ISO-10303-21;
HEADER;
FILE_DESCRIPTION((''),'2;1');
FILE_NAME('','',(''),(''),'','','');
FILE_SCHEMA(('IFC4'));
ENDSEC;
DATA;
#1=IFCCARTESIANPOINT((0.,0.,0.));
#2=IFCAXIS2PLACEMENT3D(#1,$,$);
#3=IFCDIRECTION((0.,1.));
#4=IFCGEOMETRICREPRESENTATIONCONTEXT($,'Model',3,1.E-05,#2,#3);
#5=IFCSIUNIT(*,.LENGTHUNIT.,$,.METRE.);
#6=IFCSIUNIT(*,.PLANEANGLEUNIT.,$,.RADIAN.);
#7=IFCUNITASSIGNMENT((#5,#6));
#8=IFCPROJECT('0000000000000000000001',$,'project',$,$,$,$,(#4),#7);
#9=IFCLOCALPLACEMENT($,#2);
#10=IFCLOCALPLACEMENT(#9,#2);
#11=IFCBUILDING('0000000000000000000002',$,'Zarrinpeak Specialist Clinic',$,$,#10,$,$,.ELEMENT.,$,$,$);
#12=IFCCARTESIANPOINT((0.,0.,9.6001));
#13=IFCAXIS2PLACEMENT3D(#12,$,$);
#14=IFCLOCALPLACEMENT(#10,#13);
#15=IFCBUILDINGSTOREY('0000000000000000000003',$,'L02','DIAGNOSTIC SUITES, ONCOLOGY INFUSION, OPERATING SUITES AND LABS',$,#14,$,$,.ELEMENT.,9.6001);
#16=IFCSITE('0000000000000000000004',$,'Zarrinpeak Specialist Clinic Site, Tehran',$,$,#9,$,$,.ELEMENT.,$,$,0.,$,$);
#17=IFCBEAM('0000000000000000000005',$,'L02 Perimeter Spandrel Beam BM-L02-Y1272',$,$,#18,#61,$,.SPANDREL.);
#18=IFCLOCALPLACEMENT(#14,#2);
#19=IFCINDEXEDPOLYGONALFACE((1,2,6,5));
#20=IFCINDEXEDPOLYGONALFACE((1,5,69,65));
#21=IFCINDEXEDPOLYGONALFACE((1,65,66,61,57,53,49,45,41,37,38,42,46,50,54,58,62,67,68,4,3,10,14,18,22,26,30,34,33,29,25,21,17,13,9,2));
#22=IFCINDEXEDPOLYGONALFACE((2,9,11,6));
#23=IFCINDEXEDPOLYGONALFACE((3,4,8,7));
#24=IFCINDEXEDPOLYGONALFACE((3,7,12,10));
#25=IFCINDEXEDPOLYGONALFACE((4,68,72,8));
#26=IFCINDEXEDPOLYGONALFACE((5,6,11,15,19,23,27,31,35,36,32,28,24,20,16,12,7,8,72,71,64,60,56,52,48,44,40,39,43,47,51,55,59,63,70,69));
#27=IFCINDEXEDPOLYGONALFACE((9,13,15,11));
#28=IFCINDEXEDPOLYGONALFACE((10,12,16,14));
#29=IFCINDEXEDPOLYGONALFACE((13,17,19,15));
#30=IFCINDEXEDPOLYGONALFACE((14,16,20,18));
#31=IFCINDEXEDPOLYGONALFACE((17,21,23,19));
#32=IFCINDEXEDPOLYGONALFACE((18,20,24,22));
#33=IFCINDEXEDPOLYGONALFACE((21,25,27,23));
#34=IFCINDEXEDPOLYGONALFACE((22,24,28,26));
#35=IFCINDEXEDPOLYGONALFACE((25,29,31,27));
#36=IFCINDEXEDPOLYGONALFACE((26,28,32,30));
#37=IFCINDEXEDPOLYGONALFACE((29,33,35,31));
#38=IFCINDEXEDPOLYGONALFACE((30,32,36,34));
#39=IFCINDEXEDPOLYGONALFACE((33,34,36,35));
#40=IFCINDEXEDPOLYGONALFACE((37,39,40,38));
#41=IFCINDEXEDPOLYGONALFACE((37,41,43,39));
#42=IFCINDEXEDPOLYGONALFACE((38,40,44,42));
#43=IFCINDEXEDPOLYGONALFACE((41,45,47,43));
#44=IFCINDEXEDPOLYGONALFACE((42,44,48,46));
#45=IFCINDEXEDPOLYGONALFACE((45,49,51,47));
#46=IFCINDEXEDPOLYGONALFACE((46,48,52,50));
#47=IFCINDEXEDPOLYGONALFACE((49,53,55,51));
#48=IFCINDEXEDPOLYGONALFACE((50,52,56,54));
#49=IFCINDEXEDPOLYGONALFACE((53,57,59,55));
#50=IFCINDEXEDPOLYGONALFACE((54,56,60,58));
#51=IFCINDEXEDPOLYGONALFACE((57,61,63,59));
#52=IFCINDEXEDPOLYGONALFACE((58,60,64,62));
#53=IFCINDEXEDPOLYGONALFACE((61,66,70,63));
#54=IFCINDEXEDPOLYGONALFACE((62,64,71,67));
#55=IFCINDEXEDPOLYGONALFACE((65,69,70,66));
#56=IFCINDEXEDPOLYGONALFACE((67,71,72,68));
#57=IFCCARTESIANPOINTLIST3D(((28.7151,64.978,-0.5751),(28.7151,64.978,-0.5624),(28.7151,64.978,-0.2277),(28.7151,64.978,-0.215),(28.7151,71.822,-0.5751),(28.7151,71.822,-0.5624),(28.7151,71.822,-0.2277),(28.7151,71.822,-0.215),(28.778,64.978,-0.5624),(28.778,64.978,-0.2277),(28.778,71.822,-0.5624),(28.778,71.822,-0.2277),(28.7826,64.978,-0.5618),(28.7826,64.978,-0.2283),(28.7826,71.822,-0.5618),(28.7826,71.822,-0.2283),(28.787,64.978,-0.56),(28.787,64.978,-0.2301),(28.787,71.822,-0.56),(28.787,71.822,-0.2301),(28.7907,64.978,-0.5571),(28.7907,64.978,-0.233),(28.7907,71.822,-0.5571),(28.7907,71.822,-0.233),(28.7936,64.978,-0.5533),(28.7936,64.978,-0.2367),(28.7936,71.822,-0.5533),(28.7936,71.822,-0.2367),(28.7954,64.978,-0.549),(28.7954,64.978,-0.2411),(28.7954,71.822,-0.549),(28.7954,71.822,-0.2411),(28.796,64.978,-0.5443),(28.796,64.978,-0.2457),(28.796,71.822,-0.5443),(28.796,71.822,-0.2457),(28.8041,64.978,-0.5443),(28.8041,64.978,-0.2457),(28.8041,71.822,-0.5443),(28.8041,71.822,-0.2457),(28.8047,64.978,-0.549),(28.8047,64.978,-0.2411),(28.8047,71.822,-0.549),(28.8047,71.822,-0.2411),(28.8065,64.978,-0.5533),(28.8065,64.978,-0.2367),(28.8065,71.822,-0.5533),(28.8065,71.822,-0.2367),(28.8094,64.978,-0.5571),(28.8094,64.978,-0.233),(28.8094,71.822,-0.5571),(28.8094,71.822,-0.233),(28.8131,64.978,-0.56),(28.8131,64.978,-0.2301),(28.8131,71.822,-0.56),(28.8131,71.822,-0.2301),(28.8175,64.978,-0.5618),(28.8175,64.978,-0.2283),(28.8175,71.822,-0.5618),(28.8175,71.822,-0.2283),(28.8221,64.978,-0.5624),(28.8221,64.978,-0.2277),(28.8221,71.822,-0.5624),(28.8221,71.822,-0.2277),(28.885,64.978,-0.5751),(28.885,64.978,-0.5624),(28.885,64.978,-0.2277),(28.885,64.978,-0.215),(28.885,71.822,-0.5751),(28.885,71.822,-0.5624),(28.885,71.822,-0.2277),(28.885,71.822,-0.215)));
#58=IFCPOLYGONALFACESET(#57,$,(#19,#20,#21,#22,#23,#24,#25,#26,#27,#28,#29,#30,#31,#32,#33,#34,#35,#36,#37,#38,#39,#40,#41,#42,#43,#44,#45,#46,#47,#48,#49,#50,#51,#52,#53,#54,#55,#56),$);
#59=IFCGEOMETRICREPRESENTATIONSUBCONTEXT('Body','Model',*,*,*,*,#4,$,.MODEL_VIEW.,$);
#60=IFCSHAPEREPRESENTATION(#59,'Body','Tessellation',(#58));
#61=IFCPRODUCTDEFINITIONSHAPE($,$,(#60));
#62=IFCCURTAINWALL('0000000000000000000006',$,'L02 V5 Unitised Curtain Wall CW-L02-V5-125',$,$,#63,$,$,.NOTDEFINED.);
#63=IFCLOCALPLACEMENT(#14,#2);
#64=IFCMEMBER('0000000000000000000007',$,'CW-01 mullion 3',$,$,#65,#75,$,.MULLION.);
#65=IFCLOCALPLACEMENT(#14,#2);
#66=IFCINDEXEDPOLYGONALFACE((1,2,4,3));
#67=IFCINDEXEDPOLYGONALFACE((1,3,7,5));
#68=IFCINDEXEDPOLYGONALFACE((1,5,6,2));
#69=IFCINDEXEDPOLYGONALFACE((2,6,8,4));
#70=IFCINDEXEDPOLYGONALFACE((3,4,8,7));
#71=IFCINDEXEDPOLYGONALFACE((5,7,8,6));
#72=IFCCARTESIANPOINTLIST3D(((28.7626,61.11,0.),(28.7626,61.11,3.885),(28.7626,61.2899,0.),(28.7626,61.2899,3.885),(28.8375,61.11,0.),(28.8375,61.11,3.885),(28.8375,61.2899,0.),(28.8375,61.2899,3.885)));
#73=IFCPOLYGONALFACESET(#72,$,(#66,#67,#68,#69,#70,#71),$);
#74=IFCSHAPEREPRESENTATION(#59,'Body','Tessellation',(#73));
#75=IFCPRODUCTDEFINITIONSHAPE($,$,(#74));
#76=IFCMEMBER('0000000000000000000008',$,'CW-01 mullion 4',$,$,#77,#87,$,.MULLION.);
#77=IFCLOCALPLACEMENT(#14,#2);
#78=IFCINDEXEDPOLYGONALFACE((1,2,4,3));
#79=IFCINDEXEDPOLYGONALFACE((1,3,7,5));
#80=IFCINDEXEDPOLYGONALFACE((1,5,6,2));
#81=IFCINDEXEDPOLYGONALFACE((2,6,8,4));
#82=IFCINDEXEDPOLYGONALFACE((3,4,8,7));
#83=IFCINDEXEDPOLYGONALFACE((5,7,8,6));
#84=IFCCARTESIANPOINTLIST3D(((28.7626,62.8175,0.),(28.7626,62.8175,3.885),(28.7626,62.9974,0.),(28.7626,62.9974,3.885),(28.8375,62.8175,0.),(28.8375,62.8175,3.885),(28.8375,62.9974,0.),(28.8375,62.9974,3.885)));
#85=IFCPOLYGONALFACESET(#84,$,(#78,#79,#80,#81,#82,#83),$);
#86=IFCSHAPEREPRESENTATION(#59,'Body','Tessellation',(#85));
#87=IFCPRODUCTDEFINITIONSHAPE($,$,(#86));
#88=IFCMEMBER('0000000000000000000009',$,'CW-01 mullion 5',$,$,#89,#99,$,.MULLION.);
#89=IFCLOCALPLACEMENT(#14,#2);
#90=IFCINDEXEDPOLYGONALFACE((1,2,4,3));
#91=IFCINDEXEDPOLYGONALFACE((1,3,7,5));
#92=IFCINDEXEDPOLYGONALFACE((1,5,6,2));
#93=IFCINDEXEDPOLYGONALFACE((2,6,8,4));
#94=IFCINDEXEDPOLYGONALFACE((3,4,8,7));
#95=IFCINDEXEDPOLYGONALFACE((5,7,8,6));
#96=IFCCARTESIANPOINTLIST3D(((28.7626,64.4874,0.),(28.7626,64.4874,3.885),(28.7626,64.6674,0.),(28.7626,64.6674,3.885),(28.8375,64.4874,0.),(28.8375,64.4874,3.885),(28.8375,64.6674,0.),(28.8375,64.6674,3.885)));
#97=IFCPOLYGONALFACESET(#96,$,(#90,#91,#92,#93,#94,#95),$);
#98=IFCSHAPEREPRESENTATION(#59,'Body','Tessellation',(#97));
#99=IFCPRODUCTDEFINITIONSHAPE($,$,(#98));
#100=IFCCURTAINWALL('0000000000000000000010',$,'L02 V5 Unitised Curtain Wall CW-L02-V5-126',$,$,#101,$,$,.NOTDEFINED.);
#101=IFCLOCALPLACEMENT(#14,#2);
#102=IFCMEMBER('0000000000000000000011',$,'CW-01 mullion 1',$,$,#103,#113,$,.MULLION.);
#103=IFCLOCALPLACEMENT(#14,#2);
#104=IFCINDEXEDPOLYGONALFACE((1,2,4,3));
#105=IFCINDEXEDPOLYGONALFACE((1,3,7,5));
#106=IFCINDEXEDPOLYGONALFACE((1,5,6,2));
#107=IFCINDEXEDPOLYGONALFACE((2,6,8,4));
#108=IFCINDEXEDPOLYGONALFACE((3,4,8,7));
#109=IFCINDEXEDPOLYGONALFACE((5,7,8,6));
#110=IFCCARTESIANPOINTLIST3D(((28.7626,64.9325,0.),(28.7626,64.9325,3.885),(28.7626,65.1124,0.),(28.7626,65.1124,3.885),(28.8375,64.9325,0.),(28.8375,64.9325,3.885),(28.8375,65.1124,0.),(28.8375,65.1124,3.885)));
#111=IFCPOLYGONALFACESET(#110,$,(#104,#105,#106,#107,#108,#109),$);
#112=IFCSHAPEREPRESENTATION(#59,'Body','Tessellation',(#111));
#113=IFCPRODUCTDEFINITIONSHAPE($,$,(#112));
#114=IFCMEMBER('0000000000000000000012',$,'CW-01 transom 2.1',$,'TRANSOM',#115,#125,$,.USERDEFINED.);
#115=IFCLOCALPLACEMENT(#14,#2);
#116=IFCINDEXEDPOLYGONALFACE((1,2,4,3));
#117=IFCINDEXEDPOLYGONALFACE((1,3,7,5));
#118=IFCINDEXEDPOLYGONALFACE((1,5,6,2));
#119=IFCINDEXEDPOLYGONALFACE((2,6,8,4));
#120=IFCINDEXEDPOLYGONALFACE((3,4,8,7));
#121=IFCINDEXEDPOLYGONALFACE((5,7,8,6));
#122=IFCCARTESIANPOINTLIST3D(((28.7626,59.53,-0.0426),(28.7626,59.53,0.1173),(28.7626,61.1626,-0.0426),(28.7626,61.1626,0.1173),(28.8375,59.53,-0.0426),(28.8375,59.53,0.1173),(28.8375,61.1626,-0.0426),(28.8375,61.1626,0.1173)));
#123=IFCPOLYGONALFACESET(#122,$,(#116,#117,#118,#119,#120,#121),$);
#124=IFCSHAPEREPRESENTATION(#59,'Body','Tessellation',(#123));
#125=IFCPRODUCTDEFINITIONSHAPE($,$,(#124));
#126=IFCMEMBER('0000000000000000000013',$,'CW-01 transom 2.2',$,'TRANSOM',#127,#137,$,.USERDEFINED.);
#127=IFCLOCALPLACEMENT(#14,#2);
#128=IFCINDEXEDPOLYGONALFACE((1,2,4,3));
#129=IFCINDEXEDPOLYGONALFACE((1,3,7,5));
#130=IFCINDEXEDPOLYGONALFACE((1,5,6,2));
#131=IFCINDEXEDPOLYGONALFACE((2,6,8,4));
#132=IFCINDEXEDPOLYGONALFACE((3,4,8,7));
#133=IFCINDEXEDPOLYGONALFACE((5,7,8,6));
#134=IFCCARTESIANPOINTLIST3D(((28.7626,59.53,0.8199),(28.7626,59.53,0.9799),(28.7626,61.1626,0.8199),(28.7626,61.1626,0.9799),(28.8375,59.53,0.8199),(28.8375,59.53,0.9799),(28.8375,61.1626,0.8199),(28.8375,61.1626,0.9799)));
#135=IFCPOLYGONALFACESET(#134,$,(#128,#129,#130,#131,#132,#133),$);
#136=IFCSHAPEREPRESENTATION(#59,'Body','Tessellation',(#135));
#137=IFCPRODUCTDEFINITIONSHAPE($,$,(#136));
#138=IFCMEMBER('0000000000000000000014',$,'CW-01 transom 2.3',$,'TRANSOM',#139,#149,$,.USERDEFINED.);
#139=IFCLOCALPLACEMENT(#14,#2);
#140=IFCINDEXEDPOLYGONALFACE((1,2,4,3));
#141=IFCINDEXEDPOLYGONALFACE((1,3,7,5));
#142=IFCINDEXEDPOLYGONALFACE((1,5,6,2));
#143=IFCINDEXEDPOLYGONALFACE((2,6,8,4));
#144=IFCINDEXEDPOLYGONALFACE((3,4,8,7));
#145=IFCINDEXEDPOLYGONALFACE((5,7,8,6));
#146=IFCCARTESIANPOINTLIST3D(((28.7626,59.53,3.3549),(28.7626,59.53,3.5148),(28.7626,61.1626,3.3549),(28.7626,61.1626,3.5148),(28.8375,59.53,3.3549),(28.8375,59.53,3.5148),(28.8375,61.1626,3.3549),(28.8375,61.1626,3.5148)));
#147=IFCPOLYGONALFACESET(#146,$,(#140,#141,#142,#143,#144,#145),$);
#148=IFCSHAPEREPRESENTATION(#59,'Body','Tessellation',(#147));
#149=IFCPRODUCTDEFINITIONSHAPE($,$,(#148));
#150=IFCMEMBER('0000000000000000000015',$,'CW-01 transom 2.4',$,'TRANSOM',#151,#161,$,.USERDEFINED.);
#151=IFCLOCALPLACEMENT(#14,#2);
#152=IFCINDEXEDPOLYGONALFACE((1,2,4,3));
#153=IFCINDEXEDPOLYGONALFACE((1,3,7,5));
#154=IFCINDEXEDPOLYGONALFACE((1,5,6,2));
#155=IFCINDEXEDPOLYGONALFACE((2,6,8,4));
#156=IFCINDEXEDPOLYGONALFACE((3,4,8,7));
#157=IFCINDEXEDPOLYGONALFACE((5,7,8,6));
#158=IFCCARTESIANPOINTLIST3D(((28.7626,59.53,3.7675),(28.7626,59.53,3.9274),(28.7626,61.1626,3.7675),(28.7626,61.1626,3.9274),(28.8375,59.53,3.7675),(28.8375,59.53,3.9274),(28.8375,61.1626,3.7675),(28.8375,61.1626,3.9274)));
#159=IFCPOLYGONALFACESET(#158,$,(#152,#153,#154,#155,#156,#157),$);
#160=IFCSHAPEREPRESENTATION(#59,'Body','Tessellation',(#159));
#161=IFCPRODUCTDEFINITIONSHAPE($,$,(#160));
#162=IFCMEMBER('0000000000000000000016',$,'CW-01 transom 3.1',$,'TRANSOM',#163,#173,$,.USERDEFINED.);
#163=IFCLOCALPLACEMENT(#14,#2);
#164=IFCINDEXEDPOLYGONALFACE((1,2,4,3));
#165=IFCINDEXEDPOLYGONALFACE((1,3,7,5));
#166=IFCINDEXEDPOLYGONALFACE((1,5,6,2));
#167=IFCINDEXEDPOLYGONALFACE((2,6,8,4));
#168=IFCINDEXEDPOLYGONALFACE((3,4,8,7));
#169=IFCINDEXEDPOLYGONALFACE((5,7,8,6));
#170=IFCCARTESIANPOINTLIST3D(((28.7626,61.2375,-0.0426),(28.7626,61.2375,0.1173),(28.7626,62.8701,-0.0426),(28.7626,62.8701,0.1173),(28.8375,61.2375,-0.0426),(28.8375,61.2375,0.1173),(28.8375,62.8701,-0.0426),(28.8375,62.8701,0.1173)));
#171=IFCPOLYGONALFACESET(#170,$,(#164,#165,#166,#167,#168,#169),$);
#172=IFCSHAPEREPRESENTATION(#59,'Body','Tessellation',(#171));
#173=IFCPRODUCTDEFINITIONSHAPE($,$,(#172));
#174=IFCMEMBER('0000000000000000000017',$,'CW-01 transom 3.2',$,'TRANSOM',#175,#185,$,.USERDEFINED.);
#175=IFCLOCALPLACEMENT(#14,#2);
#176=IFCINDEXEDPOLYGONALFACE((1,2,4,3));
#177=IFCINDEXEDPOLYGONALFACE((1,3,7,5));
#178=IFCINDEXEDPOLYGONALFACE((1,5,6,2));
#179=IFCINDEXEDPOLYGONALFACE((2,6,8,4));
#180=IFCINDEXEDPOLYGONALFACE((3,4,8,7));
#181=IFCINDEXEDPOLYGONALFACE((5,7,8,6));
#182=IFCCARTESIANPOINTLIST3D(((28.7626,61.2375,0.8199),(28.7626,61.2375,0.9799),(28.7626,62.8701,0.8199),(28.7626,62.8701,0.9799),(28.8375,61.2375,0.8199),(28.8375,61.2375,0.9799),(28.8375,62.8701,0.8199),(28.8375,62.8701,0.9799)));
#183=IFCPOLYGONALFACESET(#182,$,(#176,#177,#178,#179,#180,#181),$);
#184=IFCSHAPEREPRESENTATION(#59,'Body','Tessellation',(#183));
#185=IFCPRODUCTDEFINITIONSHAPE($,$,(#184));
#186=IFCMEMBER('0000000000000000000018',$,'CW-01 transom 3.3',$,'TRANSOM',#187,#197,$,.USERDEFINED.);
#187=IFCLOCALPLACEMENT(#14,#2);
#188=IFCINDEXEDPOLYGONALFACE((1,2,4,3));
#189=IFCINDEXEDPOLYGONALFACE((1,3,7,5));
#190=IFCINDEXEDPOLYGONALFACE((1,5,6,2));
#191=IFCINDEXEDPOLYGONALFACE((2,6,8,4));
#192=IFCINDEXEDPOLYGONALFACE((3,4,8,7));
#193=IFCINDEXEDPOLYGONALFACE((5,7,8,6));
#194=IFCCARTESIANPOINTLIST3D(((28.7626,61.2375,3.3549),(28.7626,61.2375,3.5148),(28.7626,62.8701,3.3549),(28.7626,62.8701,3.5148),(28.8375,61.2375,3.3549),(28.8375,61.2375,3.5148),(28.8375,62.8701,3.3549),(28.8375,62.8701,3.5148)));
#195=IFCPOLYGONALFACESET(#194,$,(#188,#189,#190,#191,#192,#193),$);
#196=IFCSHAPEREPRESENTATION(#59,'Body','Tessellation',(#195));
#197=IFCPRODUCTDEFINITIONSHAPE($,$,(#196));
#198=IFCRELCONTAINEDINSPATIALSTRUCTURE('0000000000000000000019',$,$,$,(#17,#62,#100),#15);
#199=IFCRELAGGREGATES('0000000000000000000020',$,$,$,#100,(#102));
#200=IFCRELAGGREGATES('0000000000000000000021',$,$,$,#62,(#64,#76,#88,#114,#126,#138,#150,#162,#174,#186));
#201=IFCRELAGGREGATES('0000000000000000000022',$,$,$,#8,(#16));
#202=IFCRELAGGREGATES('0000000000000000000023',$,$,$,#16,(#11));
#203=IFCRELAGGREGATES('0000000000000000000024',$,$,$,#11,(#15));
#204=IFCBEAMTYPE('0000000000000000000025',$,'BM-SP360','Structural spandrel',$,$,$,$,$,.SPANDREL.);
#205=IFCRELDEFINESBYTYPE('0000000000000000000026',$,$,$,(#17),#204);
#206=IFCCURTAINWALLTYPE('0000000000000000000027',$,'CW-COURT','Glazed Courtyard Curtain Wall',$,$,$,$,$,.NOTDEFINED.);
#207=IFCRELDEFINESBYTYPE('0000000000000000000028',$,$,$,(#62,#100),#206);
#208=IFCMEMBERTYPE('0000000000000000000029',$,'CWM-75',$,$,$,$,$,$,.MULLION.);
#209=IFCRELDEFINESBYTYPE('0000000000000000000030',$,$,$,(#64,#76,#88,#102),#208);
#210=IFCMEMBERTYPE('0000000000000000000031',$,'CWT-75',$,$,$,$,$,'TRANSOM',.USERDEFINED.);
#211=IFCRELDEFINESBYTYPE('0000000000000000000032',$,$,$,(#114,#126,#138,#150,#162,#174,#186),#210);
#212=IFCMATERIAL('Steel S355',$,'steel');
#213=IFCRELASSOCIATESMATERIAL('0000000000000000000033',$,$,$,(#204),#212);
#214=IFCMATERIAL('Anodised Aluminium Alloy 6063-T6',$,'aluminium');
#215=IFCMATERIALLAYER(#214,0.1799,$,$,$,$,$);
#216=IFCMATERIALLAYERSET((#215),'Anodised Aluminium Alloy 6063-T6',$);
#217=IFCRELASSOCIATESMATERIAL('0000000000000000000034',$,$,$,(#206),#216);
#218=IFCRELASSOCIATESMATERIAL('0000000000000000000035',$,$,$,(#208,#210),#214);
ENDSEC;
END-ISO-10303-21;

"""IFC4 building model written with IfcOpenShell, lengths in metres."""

from ifc_helpers import new_model, si_unit, direction, frame, origin, origin_2d, place, context, subcontext, project, spatial, rectangle, i_section, extrude, material, layer, layer_set, material_profile, profile_set, type_object, element, aggregate, save


model = new_model("IFC4")

# Units and contexts
model_context = context("Model", 3, precision=1e-05, world=origin(), true_north=direction((0.0, 1.0)))
body_context = subcontext(model_context, "Body", "Model", "MODEL_VIEW")
ifc_project = project(units=[si_unit("LENGTHUNIT", "METRE"), si_unit("PLANEANGLEUNIT", "RADIAN")], contexts=[model_context])

# Site, building, storey
site_placement = place(None, origin())
site = spatial("IfcSite", under=ifc_project, at=site_placement, Name="Zarrinpeak Specialist Clinic Site, Tehran", CompositionType="ELEMENT", RefElevation=0.0)
building_placement = place(site_placement, origin())
building = spatial("IfcBuilding", under=site, at=building_placement, Name="Zarrinpeak Specialist Clinic", CompositionType="ELEMENT")
storey_placement = place(building_placement, frame((0.0, 0.0, 9.6001)))
storey = spatial("IfcBuildingStorey", under=building, at=storey_placement, Name="L02", Description="DIAGNOSTIC SUITES, ONCOLOGY INFUSION, OPERATING SUITES AND LABS", CompositionType="ELEMENT", Elevation=9.6001)

# Shared definitions
ifc_material_1 = material(Name="Steel S355", Category="steel")

# Beam
ifc_material_profile_1 = material_profile(ifc_material_1, i_section(OverallWidth=0.1699, OverallDepth=0.3601, WebThickness=0.0081, FlangeThickness=0.0127, FilletRadius=0.0181, at=origin_2d()), Name="IPE 360")
ifc_profile_set_1 = profile_set([ifc_material_profile_1], Name="Steel S355")
beam_type_1 = type_object("IfcBeamType", Name="BM-SP360", Description="Structural spandrel", PredefinedType="SPANDREL", material=ifc_profile_set_1)
beam_1_placement = place(storey_placement, frame((28.8, 64.978, -0.395), z_axis=(0.0, 1.0, 0.0), x_axis=(-1.0, 0.0, 0.0)))
element("IfcBeam", 1, at=beam_1_placement, inside=storey, type_object=beam_type_1, Name="L02 Perimeter Spandrel Beam BM-L02-Y1272", PredefinedType="SPANDREL", context=body_context, shape_type="SweptSolid", body=[
    extrude(i_section(OverallWidth=0.1699, OverallDepth=0.3601, WebThickness=0.0081, FlangeThickness=0.0127, FilletRadius=0.0181, at=origin_2d()), origin(), (0.0, 0.0, 1.0), 6.844),
])

# Curtain wall, members
ifc_material_2 = material(Name="Anodised Aluminium Alloy 6063-T6", Category="aluminium")
ifc_layer_1 = layer(ifc_material_2, 0.1799)
ifc_layer_set_1 = layer_set([ifc_layer_1], Name="Anodised Aluminium Alloy 6063-T6")
curtain_wall_type = type_object("IfcCurtainWallType", Name="CW-COURT", Description="Glazed Courtyard Curtain Wall", PredefinedType="NOTDEFINED", material=ifc_layer_set_1)
curtain_wall_1_placement = place(storey_placement, origin())
curtain_wall_1 = element("IfcCurtainWall", 2, at=curtain_wall_1_placement, inside=storey, type_object=curtain_wall_type, Name="L02 V5 Unitised Curtain Wall CW-L02-V5-125", PredefinedType="NOTDEFINED")
ifc_material_profile_2 = material_profile(ifc_material_2, rectangle(XDim=0.075, YDim=0.1799, at=origin_2d()), Name="ALU 75x180")
ifc_profile_set_2 = profile_set([ifc_material_profile_2], Name="Anodised Aluminium Alloy 6063-T6")
member_type_1 = type_object("IfcMemberType", Name="CWM-75", PredefinedType="MULLION", material=ifc_profile_set_2)
member_1_placement = place(storey_placement, frame((28.8, 61.2, 0.0), z_axis=(0.0, 0.0, 1.0), x_axis=(-1.0, 0.0, 0.0)))
member_1 = element("IfcMember", 3, at=member_1_placement, type_object=member_type_1, Name="CW-01 mullion 3", PredefinedType="MULLION", context=body_context, shape_type="SweptSolid", body=[
    extrude(rectangle(XDim=0.075, YDim=0.1799, at=origin_2d()), origin(), (0.0, 0.0, 1.0), 3.885),
])
member_2_placement = place(storey_placement, frame((28.8, 62.9075, 0.0), z_axis=(0.0, 0.0, 1.0), x_axis=(-1.0, 0.0, 0.0)))
member_2 = element("IfcMember", 4, at=member_2_placement, type_object=member_type_1, Name="CW-01 mullion 4", PredefinedType="MULLION", context=body_context, shape_type="SweptSolid", body=[
    extrude(rectangle(XDim=0.075, YDim=0.1799, at=origin_2d()), origin(), (0.0, 0.0, 1.0), 3.885),
])
member_3_placement = place(storey_placement, frame((28.8, 64.5774, 0.0), z_axis=(0.0, 0.0, 1.0), x_axis=(-1.0, 0.0, 0.0)))
member_3 = element("IfcMember", 5, at=member_3_placement, type_object=member_type_1, Name="CW-01 mullion 5", PredefinedType="MULLION", context=body_context, shape_type="SweptSolid", body=[
    extrude(rectangle(XDim=0.075, YDim=0.1799, at=origin_2d()), origin(), (0.0, 0.0, 1.0), 3.885),
])

# Curtain wall, member
curtain_wall_2_placement = place(storey_placement, origin())
curtain_wall_2 = element("IfcCurtainWall", 6, at=curtain_wall_2_placement, inside=storey, type_object=curtain_wall_type, Name="L02 V5 Unitised Curtain Wall CW-L02-V5-126", PredefinedType="NOTDEFINED")
member_4_placement = place(storey_placement, frame((28.8, 65.0225, 0.0), z_axis=(0.0, 0.0, 1.0), x_axis=(-1.0, 0.0, 0.0)))
member_4 = element("IfcMember", 7, at=member_4_placement, type_object=member_type_1, Name="CW-01 mullion 1", PredefinedType="MULLION", context=body_context, shape_type="SweptSolid", body=[
    extrude(rectangle(XDim=0.075, YDim=0.1799, at=origin_2d()), origin(), (0.0, 0.0, 1.0), 3.885),
])

# Members
ifc_material_profile_3 = material_profile(ifc_material_2, rectangle(XDim=0.075, YDim=0.1599, at=origin_2d()), Name="ALU 75x160")
ifc_profile_set_3 = profile_set([ifc_material_profile_3], Name="Anodised Aluminium Alloy 6063-T6")
member_type_2 = type_object("IfcMemberType", Name="CWT-75", ElementType="TRANSOM", PredefinedType="USERDEFINED", material=ifc_profile_set_3)
member_5_placement = place(storey_placement, frame((28.8, 59.53, 0.0374), z_axis=(0.0, 1.0, 0.0), x_axis=(-1.0, 0.0, 0.0)))
member_5 = element("IfcMember", 8, at=member_5_placement, type_object=member_type_2, Name="CW-01 transom 2.1", ObjectType="TRANSOM", PredefinedType="USERDEFINED", context=body_context, shape_type="SweptSolid", body=[
    extrude(rectangle(XDim=0.075, YDim=0.1599, at=origin_2d()), origin(), (0.0, 0.0, 1.0), 1.6326),
])
member_6_placement = place(storey_placement, frame((28.8, 59.53, 0.8999), z_axis=(0.0, 1.0, 0.0), x_axis=(-1.0, 0.0, 0.0)))
member_6 = element("IfcMember", 9, at=member_6_placement, type_object=member_type_2, Name="CW-01 transom 2.2", ObjectType="TRANSOM", PredefinedType="USERDEFINED", context=body_context, shape_type="SweptSolid", body=[
    extrude(rectangle(XDim=0.075, YDim=0.1599, at=origin_2d()), origin(), (0.0, 0.0, 1.0), 1.6326),
])
member_7_placement = place(storey_placement, frame((28.8, 59.53, 3.4348), z_axis=(0.0, 1.0, 0.0), x_axis=(-1.0, 0.0, 0.0)))
member_7 = element("IfcMember", 10, at=member_7_placement, type_object=member_type_2, Name="CW-01 transom 2.3", ObjectType="TRANSOM", PredefinedType="USERDEFINED", context=body_context, shape_type="SweptSolid", body=[
    extrude(rectangle(XDim=0.075, YDim=0.1599, at=origin_2d()), origin(), (0.0, 0.0, 1.0), 1.6326),
])
member_8_placement = place(storey_placement, frame((28.8, 59.53, 3.8474), z_axis=(0.0, 1.0, 0.0), x_axis=(-1.0, 0.0, 0.0)))
member_8 = element("IfcMember", 11, at=member_8_placement, type_object=member_type_2, Name="CW-01 transom 2.4", ObjectType="TRANSOM", PredefinedType="USERDEFINED", context=body_context, shape_type="SweptSolid", body=[
    extrude(rectangle(XDim=0.075, YDim=0.1599, at=origin_2d()), origin(), (0.0, 0.0, 1.0), 1.6326),
])
member_9_placement = place(storey_placement, frame((28.8, 61.2375, 0.0374), z_axis=(0.0, 1.0, 0.0), x_axis=(-1.0, 0.0, 0.0)))
member_9 = element("IfcMember", 12, at=member_9_placement, type_object=member_type_2, Name="CW-01 transom 3.1", ObjectType="TRANSOM", PredefinedType="USERDEFINED", context=body_context, shape_type="SweptSolid", body=[
    extrude(rectangle(XDim=0.075, YDim=0.1599, at=origin_2d()), origin(), (0.0, 0.0, 1.0), 1.6326),
])
member_10_placement = place(storey_placement, frame((28.8, 61.2375, 0.8999), z_axis=(0.0, 1.0, 0.0), x_axis=(-1.0, 0.0, 0.0)))
member_10 = element("IfcMember", 13, at=member_10_placement, type_object=member_type_2, Name="CW-01 transom 3.2", ObjectType="TRANSOM", PredefinedType="USERDEFINED", context=body_context, shape_type="SweptSolid", body=[
    extrude(rectangle(XDim=0.075, YDim=0.1599, at=origin_2d()), origin(), (0.0, 0.0, 1.0), 1.6326),
])
member_11_placement = place(storey_placement, frame((28.8, 61.2375, 3.4348), z_axis=(0.0, 1.0, 0.0), x_axis=(-1.0, 0.0, 0.0)))
member_11 = element("IfcMember", 14, at=member_11_placement, type_object=member_type_2, Name="CW-01 transom 3.3", ObjectType="TRANSOM", PredefinedType="USERDEFINED", context=body_context, shape_type="SweptSolid", body=[
    extrude(rectangle(XDim=0.075, YDim=0.1599, at=origin_2d()), origin(), (0.0, 0.0, 1.0), 1.6326),
])
aggregate(curtain_wall_2, [member_4])

aggregate(curtain_wall_1, [member_1, member_2, member_3, member_5, member_6, member_7, member_8, member_9, member_10, member_11])

save(model, "model.ifc")
